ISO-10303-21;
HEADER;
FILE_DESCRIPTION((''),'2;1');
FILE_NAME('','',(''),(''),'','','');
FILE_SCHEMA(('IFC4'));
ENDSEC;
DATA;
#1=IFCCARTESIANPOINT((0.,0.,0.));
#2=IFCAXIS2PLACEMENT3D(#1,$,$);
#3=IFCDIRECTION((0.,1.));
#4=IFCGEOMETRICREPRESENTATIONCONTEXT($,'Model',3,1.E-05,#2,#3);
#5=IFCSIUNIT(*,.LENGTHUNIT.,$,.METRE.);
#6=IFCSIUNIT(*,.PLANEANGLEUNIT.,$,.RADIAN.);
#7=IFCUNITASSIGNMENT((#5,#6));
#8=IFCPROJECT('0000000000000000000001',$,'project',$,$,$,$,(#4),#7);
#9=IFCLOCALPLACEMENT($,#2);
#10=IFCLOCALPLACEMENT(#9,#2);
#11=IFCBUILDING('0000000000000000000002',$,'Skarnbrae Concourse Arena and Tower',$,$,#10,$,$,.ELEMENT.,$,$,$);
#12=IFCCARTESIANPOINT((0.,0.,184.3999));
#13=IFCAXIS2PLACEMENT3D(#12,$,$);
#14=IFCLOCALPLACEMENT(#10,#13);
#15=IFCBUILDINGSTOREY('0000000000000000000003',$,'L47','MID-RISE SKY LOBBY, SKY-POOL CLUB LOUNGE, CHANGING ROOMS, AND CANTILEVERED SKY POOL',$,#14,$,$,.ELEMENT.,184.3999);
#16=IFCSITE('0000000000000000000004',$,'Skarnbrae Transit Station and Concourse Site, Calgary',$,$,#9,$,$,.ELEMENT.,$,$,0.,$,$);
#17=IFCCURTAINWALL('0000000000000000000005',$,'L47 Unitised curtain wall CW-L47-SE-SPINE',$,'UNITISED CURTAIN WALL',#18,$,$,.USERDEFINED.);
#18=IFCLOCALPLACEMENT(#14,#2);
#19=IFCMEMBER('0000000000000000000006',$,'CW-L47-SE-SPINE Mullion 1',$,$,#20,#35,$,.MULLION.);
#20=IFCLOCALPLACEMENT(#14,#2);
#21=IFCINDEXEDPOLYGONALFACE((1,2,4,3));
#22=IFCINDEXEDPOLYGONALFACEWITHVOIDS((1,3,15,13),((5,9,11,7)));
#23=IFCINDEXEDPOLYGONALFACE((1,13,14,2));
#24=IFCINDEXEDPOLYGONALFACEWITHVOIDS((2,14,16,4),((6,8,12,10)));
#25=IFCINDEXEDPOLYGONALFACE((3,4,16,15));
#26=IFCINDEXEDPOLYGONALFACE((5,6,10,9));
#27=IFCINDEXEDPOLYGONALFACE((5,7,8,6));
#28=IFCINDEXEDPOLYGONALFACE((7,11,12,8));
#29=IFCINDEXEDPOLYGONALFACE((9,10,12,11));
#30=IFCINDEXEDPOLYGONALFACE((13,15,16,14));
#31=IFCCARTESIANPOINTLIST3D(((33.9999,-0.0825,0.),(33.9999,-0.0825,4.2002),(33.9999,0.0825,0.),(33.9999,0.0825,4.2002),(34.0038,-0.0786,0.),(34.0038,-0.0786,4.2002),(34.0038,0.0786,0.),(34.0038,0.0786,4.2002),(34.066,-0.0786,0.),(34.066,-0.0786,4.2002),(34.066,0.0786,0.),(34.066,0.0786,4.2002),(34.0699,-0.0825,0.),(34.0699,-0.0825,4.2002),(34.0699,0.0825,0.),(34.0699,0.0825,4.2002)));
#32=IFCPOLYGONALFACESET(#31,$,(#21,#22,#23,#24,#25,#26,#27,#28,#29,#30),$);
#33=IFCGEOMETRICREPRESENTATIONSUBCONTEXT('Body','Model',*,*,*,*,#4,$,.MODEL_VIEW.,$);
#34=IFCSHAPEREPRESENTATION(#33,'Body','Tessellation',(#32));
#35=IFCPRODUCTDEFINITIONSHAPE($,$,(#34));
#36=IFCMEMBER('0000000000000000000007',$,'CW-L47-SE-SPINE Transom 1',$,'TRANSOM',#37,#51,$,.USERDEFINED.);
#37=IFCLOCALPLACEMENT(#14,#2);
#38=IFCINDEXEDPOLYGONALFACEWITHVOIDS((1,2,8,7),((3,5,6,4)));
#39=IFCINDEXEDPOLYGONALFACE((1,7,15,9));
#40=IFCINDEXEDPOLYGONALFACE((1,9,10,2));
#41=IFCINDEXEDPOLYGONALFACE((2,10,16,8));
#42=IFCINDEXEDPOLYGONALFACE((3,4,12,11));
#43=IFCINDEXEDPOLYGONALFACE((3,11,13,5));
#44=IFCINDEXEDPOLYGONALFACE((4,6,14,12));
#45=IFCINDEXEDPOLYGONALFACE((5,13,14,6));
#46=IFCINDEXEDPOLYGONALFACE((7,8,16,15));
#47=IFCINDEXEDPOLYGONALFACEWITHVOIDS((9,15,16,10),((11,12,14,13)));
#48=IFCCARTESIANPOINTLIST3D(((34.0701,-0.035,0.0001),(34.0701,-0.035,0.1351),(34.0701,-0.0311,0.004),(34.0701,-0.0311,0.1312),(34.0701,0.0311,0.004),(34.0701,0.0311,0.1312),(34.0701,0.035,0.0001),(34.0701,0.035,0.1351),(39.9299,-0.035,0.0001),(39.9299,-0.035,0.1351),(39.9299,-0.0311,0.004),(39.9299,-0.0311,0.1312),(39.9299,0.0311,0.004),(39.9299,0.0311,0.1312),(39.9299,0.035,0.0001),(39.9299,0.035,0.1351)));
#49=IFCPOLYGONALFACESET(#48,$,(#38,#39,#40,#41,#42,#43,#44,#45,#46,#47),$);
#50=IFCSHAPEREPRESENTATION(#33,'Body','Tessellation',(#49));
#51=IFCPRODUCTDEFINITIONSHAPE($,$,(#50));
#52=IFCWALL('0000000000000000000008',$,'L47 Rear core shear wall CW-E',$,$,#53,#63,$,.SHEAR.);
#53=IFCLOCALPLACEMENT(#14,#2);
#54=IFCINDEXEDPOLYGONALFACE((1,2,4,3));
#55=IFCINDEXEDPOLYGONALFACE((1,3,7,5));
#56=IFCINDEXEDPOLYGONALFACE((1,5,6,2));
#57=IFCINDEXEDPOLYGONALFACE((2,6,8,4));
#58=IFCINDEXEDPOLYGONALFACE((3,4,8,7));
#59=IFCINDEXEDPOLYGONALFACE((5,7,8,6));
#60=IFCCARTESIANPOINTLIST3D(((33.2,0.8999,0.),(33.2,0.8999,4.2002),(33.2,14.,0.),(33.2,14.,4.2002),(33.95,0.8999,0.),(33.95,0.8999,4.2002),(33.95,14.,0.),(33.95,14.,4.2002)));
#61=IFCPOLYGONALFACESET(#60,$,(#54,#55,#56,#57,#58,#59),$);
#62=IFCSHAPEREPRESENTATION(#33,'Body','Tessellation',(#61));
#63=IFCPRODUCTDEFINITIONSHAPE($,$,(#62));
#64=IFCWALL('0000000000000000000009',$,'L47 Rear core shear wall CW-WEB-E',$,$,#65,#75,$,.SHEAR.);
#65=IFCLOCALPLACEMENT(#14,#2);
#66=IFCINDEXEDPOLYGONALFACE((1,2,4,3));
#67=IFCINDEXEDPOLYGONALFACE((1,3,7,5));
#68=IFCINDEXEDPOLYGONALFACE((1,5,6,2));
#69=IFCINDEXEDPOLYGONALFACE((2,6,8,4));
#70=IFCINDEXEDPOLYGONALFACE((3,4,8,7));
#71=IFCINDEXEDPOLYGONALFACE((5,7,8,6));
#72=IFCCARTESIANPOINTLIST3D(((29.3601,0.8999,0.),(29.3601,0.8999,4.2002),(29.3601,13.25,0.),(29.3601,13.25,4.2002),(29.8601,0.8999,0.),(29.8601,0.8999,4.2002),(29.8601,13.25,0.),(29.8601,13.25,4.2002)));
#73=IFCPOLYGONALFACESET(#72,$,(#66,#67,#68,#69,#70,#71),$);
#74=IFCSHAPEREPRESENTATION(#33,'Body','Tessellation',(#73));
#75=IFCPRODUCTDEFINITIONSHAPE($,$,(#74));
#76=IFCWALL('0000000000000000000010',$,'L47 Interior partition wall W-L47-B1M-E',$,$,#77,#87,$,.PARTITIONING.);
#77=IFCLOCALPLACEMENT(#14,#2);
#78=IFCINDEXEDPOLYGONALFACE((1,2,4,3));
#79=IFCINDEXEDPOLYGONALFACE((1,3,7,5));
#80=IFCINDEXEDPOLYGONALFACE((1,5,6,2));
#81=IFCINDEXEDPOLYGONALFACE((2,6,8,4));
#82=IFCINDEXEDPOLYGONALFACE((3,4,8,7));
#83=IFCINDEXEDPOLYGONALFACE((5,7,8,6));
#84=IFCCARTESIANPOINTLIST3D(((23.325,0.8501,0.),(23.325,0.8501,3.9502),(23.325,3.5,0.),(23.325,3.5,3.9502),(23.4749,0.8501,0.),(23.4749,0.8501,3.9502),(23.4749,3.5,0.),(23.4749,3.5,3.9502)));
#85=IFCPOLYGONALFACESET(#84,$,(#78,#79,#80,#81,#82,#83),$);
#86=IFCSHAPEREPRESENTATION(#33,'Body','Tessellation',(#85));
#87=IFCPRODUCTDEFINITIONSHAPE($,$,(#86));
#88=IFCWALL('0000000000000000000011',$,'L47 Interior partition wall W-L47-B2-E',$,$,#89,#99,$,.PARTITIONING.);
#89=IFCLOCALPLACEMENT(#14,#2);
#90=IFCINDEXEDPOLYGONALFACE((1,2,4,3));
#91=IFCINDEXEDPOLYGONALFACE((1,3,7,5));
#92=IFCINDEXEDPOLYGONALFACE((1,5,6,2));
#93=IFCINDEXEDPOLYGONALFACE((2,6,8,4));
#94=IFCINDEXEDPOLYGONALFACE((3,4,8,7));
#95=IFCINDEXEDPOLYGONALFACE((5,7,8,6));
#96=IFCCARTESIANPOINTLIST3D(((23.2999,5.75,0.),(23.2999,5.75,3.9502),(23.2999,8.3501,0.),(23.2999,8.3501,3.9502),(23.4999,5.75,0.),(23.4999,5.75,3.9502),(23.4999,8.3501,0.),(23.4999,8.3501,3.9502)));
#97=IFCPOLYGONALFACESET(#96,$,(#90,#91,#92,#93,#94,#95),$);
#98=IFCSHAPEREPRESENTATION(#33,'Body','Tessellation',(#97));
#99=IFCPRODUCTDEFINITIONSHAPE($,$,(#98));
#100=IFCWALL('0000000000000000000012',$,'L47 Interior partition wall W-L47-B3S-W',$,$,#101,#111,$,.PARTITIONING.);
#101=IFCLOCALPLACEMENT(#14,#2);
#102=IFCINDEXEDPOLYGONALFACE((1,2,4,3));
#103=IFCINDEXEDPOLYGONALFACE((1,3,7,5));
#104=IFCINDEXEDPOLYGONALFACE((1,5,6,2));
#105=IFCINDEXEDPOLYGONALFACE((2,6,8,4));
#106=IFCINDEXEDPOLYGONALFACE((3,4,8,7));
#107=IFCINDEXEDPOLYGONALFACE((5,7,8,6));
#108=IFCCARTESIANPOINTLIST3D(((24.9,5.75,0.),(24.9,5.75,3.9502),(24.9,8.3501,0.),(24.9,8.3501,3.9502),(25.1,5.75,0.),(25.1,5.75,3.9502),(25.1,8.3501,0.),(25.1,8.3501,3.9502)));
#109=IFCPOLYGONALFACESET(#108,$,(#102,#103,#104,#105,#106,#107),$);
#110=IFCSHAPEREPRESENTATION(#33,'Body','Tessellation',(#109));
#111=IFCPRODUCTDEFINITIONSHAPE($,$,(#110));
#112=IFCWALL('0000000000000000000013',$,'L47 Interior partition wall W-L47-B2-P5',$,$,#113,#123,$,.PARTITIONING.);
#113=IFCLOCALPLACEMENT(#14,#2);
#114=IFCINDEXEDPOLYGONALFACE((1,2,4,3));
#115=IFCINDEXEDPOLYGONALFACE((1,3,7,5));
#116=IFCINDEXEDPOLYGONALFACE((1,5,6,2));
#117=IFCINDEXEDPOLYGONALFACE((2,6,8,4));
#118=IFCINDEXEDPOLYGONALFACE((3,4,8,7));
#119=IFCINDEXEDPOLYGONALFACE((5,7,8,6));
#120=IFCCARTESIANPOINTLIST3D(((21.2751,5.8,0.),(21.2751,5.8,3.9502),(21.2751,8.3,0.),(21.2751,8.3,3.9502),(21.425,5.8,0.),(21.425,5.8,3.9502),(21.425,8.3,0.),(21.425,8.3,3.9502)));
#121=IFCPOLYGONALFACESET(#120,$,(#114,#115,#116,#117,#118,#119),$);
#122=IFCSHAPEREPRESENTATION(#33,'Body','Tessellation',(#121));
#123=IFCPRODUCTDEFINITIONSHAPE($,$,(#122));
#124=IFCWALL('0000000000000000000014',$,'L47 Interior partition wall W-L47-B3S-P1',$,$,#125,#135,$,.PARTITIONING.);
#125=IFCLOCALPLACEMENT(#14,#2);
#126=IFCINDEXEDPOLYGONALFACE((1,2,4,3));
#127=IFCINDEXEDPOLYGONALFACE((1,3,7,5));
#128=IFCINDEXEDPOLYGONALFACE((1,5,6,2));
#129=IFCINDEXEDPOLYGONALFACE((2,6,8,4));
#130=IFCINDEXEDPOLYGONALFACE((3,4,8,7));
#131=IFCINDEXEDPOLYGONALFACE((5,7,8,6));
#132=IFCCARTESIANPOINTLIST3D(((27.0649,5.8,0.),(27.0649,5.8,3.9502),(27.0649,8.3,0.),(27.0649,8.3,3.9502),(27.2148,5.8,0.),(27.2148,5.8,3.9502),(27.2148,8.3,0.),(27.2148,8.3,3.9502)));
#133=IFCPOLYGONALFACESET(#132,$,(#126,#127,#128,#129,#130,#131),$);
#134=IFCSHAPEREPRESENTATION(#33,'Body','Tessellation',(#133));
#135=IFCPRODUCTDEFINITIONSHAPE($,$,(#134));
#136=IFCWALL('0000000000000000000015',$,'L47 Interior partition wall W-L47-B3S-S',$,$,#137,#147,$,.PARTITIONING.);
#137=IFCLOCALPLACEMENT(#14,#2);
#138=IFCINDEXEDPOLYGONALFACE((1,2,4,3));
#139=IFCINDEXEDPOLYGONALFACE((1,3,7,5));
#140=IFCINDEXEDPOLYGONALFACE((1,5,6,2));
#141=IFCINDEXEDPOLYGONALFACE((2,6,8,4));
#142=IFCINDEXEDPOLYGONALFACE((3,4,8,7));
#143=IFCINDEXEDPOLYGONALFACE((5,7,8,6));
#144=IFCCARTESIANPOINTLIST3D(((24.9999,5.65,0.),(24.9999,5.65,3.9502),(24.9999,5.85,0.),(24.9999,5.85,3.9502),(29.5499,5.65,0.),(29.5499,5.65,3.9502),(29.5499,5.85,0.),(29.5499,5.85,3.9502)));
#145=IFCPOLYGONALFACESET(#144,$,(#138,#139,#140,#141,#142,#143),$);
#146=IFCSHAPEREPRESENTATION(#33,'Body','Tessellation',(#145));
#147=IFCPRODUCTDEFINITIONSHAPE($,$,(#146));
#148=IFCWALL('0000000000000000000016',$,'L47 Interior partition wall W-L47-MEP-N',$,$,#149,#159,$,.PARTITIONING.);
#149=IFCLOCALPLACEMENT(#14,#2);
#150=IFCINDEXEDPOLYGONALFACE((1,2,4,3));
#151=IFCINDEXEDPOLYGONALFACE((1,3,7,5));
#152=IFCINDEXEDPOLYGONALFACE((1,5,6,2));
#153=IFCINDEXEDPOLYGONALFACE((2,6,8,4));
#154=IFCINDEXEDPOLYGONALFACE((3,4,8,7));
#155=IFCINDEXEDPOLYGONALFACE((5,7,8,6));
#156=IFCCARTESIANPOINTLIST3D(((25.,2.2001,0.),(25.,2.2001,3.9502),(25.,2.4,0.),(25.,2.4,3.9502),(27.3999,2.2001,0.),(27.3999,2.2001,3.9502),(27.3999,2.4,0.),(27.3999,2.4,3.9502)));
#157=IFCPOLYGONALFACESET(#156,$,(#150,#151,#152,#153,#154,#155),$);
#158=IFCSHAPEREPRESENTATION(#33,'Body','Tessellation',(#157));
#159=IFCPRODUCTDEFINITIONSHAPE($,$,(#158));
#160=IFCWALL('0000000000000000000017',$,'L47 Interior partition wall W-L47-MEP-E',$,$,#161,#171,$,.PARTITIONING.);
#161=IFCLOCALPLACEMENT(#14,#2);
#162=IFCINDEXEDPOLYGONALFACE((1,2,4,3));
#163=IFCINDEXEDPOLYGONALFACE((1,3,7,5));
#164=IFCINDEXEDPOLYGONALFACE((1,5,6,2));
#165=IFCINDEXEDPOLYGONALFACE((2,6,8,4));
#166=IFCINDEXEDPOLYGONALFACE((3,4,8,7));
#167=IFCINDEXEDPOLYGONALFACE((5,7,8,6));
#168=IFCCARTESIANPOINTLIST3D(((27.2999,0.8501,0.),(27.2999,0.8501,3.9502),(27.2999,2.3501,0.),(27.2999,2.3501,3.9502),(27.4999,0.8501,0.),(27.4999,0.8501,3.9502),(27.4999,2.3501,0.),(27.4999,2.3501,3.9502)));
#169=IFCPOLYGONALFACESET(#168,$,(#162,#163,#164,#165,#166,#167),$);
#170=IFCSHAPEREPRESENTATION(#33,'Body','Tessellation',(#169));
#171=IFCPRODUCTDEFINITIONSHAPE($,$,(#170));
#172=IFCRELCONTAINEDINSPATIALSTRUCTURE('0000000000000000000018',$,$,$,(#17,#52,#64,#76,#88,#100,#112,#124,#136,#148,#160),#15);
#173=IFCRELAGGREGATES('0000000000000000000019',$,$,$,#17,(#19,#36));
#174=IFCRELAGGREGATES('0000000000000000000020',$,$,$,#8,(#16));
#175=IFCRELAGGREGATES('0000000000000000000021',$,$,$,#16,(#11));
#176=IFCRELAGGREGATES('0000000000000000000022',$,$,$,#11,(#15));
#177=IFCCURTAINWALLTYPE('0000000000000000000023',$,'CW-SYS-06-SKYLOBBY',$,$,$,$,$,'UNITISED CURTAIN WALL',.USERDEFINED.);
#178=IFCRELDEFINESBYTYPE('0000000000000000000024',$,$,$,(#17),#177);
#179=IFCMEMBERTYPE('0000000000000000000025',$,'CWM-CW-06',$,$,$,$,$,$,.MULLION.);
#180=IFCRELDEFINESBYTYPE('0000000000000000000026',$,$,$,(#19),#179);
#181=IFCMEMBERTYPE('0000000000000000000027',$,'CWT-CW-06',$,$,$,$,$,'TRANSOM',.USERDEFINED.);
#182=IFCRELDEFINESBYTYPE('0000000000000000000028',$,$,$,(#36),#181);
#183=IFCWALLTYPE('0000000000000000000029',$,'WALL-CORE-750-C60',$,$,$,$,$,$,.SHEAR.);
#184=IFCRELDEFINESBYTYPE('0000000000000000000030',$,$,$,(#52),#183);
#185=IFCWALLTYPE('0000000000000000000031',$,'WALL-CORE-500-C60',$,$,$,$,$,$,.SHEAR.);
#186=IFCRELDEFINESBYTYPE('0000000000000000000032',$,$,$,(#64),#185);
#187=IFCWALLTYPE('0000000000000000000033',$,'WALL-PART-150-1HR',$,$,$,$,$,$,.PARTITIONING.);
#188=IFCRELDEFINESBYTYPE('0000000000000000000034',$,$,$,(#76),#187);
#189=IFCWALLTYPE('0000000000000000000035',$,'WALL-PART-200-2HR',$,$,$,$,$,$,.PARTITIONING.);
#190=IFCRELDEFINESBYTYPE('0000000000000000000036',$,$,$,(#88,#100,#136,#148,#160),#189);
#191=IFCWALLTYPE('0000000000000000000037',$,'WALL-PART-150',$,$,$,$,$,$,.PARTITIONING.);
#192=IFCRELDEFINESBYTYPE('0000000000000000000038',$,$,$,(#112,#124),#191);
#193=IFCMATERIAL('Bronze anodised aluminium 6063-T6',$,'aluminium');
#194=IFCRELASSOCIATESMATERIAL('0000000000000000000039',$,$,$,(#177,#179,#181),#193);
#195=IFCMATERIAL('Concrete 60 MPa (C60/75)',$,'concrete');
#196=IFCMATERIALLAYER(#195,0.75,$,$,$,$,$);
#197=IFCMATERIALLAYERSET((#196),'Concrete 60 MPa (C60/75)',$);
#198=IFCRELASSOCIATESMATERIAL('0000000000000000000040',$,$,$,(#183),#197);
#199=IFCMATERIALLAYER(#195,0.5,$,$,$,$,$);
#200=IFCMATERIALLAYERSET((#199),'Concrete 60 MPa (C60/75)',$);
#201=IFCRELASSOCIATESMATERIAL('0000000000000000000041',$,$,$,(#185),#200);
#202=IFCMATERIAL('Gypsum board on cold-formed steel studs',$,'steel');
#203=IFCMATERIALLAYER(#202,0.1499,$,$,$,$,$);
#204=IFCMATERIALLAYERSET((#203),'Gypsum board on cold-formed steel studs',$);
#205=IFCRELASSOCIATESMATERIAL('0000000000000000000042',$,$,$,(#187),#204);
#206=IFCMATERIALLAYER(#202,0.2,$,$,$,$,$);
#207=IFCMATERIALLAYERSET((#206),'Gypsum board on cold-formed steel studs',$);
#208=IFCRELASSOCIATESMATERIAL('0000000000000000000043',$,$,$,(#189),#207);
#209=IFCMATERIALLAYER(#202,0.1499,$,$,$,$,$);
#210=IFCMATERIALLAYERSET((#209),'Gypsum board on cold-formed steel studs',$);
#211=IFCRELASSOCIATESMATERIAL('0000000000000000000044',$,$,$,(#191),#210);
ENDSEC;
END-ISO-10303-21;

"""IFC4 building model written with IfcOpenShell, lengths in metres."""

from ifc_helpers import new_model, si_unit, direction, frame, frame_2d, origin, origin_2d, place, context, subcontext, project, spatial, rectangle, hollow_rectangle, extrude, source, transform, mapped, material, layer, layer_set, material_profile, profile_set, type_object, element, aggregate, save


model = new_model("IFC4")

# Units and contexts
model_context = context("Model", 3, precision=1e-05, world=origin(), true_north=direction((0.0, 1.0)))
body_context = subcontext(model_context, "Body", "Model", "MODEL_VIEW")
ifc_project = project(units=[si_unit("LENGTHUNIT", "METRE"), si_unit("PLANEANGLEUNIT", "RADIAN")], contexts=[model_context])

# Site, building, storey
site_placement = place(None, origin())
site = spatial("IfcSite", under=ifc_project, at=site_placement, Name="Skarnbrae Transit Station and Concourse Site, Calgary", CompositionType="ELEMENT", RefElevation=0.0)
building_placement = place(site_placement, origin())
building = spatial("IfcBuilding", under=site, at=building_placement, Name="Skarnbrae Concourse Arena and Tower", CompositionType="ELEMENT")
storey_placement = place(building_placement, frame((0.0, 0.0, 184.3999)))
storey = spatial("IfcBuildingStorey", under=building, at=storey_placement, Name="L47", Description="MID-RISE SKY LOBBY, SKY-POOL CLUB LOUNGE, CHANGING ROOMS, AND CANTILEVERED SKY POOL", CompositionType="ELEMENT", Elevation=184.3999)

# Curtain wall, members
ifc_material_1 = material(Name="Bronze anodised aluminium 6063-T6", Category="aluminium")
curtain_wall_type = type_object("IfcCurtainWallType", Name="CW-SYS-06-SKYLOBBY", ElementType="UNITISED CURTAIN WALL", PredefinedType="USERDEFINED", material=ifc_material_1)
curtain_wall_placement = place(storey_placement, origin())
curtain_wall = element("IfcCurtainWall", 1, at=curtain_wall_placement, inside=storey, type_object=curtain_wall_type, Name="L47 Unitised curtain wall CW-L47-SE-SPINE", ObjectType="UNITISED CURTAIN WALL", PredefinedType="USERDEFINED")
ifc_material_profile_1 = material_profile(ifc_material_1, hollow_rectangle(XDim=0.0701, YDim=0.165, WallThickness=0.0039, at=origin_2d()), Name="ALU-MULL-70X165")
ifc_profile_set_1 = profile_set([ifc_material_profile_1], Name="Bronze anodised aluminium 6063-T6")
member_type_1 = type_object("IfcMemberType", Name="CWM-CW-06", PredefinedType="MULLION", material=ifc_profile_set_1)
shared_shape_1 = source(origin(), body_context, "Body", "SweptSolid", [
    extrude(hollow_rectangle(XDim=0.0701, YDim=0.165, WallThickness=0.0039, at=origin_2d()), origin(), (0.0, 0.0, 1.0), 4.2002),
])
member_1_placement = place(storey_placement, frame((34.0349, 0.0, 0.0), z_axis=(0.0, 0.0, 1.0), x_axis=(1.0, 0.0, 0.0)))
member_1 = element("IfcMember", 2, at=member_1_placement, type_object=member_type_1, Name="CW-L47-SE-SPINE Mullion 1", PredefinedType="MULLION", context=body_context, shape_type="MappedRepresentation", body=[
    mapped(shared_shape_1, transform((0.0, 0.0, 0.0))),
])
ifc_material_profile_2 = material_profile(ifc_material_1, hollow_rectangle(XDim=0.0701, YDim=0.135, WallThickness=0.0039, at=origin_2d()), Name="ALU-TRAN-70X135")
ifc_profile_set_2 = profile_set([ifc_material_profile_2], Name="Bronze anodised aluminium 6063-T6")
member_type_2 = type_object("IfcMemberType", Name="CWT-CW-06", ElementType="TRANSOM", PredefinedType="USERDEFINED", material=ifc_profile_set_2)
shared_shape_2 = source(origin(), body_context, "Body", "SweptSolid", [
    extrude(hollow_rectangle(XDim=0.0701, YDim=0.135, WallThickness=0.0039, at=origin_2d()), origin(), (0.0, 0.0, 1.0), 5.8599),
])
member_2_placement = place(storey_placement, frame((34.0701, 0.0, 0.0676), z_axis=(1.0, 0.0, 0.0), x_axis=(0.0, 1.0, 0.0)))
member_2 = element("IfcMember", 3, at=member_2_placement, type_object=member_type_2, Name="CW-L47-SE-SPINE Transom 1", ObjectType="TRANSOM", PredefinedType="USERDEFINED", context=body_context, shape_type="MappedRepresentation", body=[
    mapped(shared_shape_2, transform((0.0, 0.0, 0.0))),
])
aggregate(curtain_wall, [member_1, member_2])

# Walls
ifc_material_2 = material(Name="Concrete 60 MPa (C60/75)", Category="concrete")
ifc_layer_1 = layer(ifc_material_2, 0.75)
ifc_layer_set_1 = layer_set([ifc_layer_1], Name="Concrete 60 MPa (C60/75)")
wall_type_1 = type_object("IfcWallType", Name="WALL-CORE-750-C60", PredefinedType="SHEAR", material=ifc_layer_set_1)
shared_shape_3 = source(origin(), body_context, "Body", "SweptSolid", [
    extrude(rectangle(XDim=13.1001, YDim=0.75, at=frame_2d((6.55, 0.0))), origin(), (0.0, 0.0, 1.0), 4.2002),
])
wall_1_placement = place(storey_placement, frame((33.575, 0.8999, 0.0), z_axis=(0.0, 0.0, 1.0), x_axis=(0.0, 1.0, 0.0)))
element("IfcWall", 4, at=wall_1_placement, inside=storey, type_object=wall_type_1, Name="L47 Rear core shear wall CW-E", PredefinedType="SHEAR", context=body_context, shape_type="MappedRepresentation", body=[
    mapped(shared_shape_3, transform((0.0, 0.0, 0.0))),
])
ifc_layer_2 = layer(ifc_material_2, 0.5)
ifc_layer_set_2 = layer_set([ifc_layer_2], Name="Concrete 60 MPa (C60/75)")
wall_type_2 = type_object("IfcWallType", Name="WALL-CORE-500-C60", PredefinedType="SHEAR", material=ifc_layer_set_2)
shared_shape_4 = source(origin(), body_context, "Body", "SweptSolid", [
    extrude(rectangle(XDim=12.3501, YDim=0.5, at=frame_2d((6.175, 0.0))), origin(), (0.0, 0.0, 1.0), 4.2002),
])
wall_2_placement = place(storey_placement, frame((29.6101, 0.8999, 0.0), z_axis=(0.0, 0.0, 1.0), x_axis=(0.0, 1.0, 0.0)))
element("IfcWall", 5, at=wall_2_placement, inside=storey, type_object=wall_type_2, Name="L47 Rear core shear wall CW-WEB-E", PredefinedType="SHEAR", context=body_context, shape_type="MappedRepresentation", body=[
    mapped(shared_shape_4, transform((0.0, 0.0, 0.0))),
])
ifc_material_3 = material(Name="Gypsum board on cold-formed steel studs", Category="steel")
ifc_layer_3 = layer(ifc_material_3, 0.1499)
ifc_layer_set_3 = layer_set([ifc_layer_3], Name="Gypsum board on cold-formed steel studs")
wall_type_3 = type_object("IfcWallType", Name="WALL-PART-150-1HR", PredefinedType="PARTITIONING", material=ifc_layer_set_3)
shared_shape_5 = source(origin(), body_context, "Body", "SweptSolid", [
    extrude(rectangle(XDim=2.6499, YDim=0.1499, at=frame_2d((1.325, 0.0))), origin(), (0.0, 0.0, 1.0), 3.9502),
])
wall_3_placement = place(storey_placement, frame((23.3999, 0.8501, 0.0), z_axis=(0.0, 0.0, 1.0), x_axis=(0.0, 1.0, 0.0)))
element("IfcWall", 6, at=wall_3_placement, inside=storey, type_object=wall_type_3, Name="L47 Interior partition wall W-L47-B1M-E", PredefinedType="PARTITIONING", context=body_context, shape_type="MappedRepresentation", body=[
    mapped(shared_shape_5, transform((0.0, 0.0, 0.0))),
])
ifc_layer_4 = layer(ifc_material_3, 0.2)
ifc_layer_set_4 = layer_set([ifc_layer_4], Name="Gypsum board on cold-formed steel studs")
wall_type_4 = type_object("IfcWallType", Name="WALL-PART-200-2HR", PredefinedType="PARTITIONING", material=ifc_layer_set_4)
shared_shape_6 = source(origin(), body_context, "Body", "SweptSolid", [
    extrude(rectangle(XDim=2.6001, YDim=0.2, at=frame_2d((1.3, 0.0))), origin(), (0.0, 0.0, 1.0), 3.9502),
])
for number, where, z_axis, x_axis, name in (
    (7, (23.3999, 5.75, 0.0), (0.0, 0.0, 1.0), (0.0, 1.0, 0.0), "L47 Interior partition wall W-L47-B2-E"),
    (8, (25.0, 5.75, 0.0), (0.0, 0.0, 1.0), (0.0, 1.0, 0.0), "L47 Interior partition wall W-L47-B3S-W"),
):
    element("IfcWall", number, at=place(storey_placement, frame(where, z_axis=z_axis, x_axis=x_axis)), inside=storey, type_object=wall_type_4, Name=name, PredefinedType="PARTITIONING", context=body_context, shape_type="MappedRepresentation", body=[
        mapped(shared_shape_6, transform((0.0, 0.0, 0.0))),
    ])
ifc_layer_5 = layer(ifc_material_3, 0.1499)
ifc_layer_set_5 = layer_set([ifc_layer_5], Name="Gypsum board on cold-formed steel studs")
wall_type_5 = type_object("IfcWallType", Name="WALL-PART-150", PredefinedType="PARTITIONING", material=ifc_layer_set_5)
shared_shape_7 = source(origin(), body_context, "Body", "SweptSolid", [
    extrude(rectangle(XDim=2.5, YDim=0.1499, at=frame_2d((1.25, 0.0))), origin(), (0.0, 0.0, 1.0), 3.9502),
])
for number, where, z_axis, x_axis, name in (
    (9, (21.3501, 5.8, 0.0), (0.0, 0.0, 1.0), (0.0, 1.0, 0.0), "L47 Interior partition wall W-L47-B2-P5"),
    (10, (27.1399, 5.8, 0.0), (0.0, 0.0, 1.0), (0.0, 1.0, 0.0), "L47 Interior partition wall W-L47-B3S-P1"),
):
    element("IfcWall", number, at=place(storey_placement, frame(where, z_axis=z_axis, x_axis=x_axis)), inside=storey, type_object=wall_type_5, Name=name, PredefinedType="PARTITIONING", context=body_context, shape_type="MappedRepresentation", body=[
        mapped(shared_shape_7, transform((0.0, 0.0, 0.0))),
    ])

# Shared definitions
shared_shape_8 = source(origin(), body_context, "Body", "SweptSolid", [
    extrude(rectangle(XDim=4.55, YDim=0.2, at=frame_2d((2.2749, 0.0))), origin(), (0.0, 0.0, 1.0), 3.9502),
])

# Wall
wall_4_placement = place(storey_placement, frame((25.0, 5.75, 0.0), z_axis=(0.0, 0.0, 1.0), x_axis=(1.0, 0.0, 0.0)))
element("IfcWall", 11, at=wall_4_placement, inside=storey, type_object=wall_type_4, Name="L47 Interior partition wall W-L47-B3S-S", PredefinedType="PARTITIONING", context=body_context, shape_type="MappedRepresentation", body=[
    mapped(shared_shape_8, transform((0.0, 0.0, 0.0))),
])

# Walls
shared_shape_9 = source(origin(), body_context, "Body", "SweptSolid", [
    extrude(rectangle(XDim=2.3999, YDim=0.2, at=frame_2d((1.2, 0.0))), origin(), (0.0, 0.0, 1.0), 3.9502),
])
wall_5_placement = place(storey_placement, frame((25.0, 2.3, 0.0), z_axis=(0.0, 0.0, 1.0), x_axis=(1.0, 0.0, 0.0)))
element("IfcWall", 12, at=wall_5_placement, inside=storey, type_object=wall_type_4, Name="L47 Interior partition wall W-L47-MEP-N", PredefinedType="PARTITIONING", context=body_context, shape_type="MappedRepresentation", body=[
    mapped(shared_shape_9, transform((0.0, 0.0, 0.0))),
])
shared_shape_10 = source(origin(), body_context, "Body", "SweptSolid", [
    extrude(rectangle(XDim=1.5, YDim=0.2, at=frame_2d((0.75, 0.0))), origin(), (0.0, 0.0, 1.0), 3.9502),
])
wall_6_placement = place(storey_placement, frame((27.3999, 0.8501, 0.0), z_axis=(0.0, 0.0, 1.0), x_axis=(0.0, 1.0, 0.0)))
element("IfcWall", 13, at=wall_6_placement, inside=storey, type_object=wall_type_4, Name="L47 Interior partition wall W-L47-MEP-E", PredefinedType="PARTITIONING", context=body_context, shape_type="MappedRepresentation", body=[
    mapped(shared_shape_10, transform((0.0, 0.0, 0.0))),
])

save(model, "model.ifc")
